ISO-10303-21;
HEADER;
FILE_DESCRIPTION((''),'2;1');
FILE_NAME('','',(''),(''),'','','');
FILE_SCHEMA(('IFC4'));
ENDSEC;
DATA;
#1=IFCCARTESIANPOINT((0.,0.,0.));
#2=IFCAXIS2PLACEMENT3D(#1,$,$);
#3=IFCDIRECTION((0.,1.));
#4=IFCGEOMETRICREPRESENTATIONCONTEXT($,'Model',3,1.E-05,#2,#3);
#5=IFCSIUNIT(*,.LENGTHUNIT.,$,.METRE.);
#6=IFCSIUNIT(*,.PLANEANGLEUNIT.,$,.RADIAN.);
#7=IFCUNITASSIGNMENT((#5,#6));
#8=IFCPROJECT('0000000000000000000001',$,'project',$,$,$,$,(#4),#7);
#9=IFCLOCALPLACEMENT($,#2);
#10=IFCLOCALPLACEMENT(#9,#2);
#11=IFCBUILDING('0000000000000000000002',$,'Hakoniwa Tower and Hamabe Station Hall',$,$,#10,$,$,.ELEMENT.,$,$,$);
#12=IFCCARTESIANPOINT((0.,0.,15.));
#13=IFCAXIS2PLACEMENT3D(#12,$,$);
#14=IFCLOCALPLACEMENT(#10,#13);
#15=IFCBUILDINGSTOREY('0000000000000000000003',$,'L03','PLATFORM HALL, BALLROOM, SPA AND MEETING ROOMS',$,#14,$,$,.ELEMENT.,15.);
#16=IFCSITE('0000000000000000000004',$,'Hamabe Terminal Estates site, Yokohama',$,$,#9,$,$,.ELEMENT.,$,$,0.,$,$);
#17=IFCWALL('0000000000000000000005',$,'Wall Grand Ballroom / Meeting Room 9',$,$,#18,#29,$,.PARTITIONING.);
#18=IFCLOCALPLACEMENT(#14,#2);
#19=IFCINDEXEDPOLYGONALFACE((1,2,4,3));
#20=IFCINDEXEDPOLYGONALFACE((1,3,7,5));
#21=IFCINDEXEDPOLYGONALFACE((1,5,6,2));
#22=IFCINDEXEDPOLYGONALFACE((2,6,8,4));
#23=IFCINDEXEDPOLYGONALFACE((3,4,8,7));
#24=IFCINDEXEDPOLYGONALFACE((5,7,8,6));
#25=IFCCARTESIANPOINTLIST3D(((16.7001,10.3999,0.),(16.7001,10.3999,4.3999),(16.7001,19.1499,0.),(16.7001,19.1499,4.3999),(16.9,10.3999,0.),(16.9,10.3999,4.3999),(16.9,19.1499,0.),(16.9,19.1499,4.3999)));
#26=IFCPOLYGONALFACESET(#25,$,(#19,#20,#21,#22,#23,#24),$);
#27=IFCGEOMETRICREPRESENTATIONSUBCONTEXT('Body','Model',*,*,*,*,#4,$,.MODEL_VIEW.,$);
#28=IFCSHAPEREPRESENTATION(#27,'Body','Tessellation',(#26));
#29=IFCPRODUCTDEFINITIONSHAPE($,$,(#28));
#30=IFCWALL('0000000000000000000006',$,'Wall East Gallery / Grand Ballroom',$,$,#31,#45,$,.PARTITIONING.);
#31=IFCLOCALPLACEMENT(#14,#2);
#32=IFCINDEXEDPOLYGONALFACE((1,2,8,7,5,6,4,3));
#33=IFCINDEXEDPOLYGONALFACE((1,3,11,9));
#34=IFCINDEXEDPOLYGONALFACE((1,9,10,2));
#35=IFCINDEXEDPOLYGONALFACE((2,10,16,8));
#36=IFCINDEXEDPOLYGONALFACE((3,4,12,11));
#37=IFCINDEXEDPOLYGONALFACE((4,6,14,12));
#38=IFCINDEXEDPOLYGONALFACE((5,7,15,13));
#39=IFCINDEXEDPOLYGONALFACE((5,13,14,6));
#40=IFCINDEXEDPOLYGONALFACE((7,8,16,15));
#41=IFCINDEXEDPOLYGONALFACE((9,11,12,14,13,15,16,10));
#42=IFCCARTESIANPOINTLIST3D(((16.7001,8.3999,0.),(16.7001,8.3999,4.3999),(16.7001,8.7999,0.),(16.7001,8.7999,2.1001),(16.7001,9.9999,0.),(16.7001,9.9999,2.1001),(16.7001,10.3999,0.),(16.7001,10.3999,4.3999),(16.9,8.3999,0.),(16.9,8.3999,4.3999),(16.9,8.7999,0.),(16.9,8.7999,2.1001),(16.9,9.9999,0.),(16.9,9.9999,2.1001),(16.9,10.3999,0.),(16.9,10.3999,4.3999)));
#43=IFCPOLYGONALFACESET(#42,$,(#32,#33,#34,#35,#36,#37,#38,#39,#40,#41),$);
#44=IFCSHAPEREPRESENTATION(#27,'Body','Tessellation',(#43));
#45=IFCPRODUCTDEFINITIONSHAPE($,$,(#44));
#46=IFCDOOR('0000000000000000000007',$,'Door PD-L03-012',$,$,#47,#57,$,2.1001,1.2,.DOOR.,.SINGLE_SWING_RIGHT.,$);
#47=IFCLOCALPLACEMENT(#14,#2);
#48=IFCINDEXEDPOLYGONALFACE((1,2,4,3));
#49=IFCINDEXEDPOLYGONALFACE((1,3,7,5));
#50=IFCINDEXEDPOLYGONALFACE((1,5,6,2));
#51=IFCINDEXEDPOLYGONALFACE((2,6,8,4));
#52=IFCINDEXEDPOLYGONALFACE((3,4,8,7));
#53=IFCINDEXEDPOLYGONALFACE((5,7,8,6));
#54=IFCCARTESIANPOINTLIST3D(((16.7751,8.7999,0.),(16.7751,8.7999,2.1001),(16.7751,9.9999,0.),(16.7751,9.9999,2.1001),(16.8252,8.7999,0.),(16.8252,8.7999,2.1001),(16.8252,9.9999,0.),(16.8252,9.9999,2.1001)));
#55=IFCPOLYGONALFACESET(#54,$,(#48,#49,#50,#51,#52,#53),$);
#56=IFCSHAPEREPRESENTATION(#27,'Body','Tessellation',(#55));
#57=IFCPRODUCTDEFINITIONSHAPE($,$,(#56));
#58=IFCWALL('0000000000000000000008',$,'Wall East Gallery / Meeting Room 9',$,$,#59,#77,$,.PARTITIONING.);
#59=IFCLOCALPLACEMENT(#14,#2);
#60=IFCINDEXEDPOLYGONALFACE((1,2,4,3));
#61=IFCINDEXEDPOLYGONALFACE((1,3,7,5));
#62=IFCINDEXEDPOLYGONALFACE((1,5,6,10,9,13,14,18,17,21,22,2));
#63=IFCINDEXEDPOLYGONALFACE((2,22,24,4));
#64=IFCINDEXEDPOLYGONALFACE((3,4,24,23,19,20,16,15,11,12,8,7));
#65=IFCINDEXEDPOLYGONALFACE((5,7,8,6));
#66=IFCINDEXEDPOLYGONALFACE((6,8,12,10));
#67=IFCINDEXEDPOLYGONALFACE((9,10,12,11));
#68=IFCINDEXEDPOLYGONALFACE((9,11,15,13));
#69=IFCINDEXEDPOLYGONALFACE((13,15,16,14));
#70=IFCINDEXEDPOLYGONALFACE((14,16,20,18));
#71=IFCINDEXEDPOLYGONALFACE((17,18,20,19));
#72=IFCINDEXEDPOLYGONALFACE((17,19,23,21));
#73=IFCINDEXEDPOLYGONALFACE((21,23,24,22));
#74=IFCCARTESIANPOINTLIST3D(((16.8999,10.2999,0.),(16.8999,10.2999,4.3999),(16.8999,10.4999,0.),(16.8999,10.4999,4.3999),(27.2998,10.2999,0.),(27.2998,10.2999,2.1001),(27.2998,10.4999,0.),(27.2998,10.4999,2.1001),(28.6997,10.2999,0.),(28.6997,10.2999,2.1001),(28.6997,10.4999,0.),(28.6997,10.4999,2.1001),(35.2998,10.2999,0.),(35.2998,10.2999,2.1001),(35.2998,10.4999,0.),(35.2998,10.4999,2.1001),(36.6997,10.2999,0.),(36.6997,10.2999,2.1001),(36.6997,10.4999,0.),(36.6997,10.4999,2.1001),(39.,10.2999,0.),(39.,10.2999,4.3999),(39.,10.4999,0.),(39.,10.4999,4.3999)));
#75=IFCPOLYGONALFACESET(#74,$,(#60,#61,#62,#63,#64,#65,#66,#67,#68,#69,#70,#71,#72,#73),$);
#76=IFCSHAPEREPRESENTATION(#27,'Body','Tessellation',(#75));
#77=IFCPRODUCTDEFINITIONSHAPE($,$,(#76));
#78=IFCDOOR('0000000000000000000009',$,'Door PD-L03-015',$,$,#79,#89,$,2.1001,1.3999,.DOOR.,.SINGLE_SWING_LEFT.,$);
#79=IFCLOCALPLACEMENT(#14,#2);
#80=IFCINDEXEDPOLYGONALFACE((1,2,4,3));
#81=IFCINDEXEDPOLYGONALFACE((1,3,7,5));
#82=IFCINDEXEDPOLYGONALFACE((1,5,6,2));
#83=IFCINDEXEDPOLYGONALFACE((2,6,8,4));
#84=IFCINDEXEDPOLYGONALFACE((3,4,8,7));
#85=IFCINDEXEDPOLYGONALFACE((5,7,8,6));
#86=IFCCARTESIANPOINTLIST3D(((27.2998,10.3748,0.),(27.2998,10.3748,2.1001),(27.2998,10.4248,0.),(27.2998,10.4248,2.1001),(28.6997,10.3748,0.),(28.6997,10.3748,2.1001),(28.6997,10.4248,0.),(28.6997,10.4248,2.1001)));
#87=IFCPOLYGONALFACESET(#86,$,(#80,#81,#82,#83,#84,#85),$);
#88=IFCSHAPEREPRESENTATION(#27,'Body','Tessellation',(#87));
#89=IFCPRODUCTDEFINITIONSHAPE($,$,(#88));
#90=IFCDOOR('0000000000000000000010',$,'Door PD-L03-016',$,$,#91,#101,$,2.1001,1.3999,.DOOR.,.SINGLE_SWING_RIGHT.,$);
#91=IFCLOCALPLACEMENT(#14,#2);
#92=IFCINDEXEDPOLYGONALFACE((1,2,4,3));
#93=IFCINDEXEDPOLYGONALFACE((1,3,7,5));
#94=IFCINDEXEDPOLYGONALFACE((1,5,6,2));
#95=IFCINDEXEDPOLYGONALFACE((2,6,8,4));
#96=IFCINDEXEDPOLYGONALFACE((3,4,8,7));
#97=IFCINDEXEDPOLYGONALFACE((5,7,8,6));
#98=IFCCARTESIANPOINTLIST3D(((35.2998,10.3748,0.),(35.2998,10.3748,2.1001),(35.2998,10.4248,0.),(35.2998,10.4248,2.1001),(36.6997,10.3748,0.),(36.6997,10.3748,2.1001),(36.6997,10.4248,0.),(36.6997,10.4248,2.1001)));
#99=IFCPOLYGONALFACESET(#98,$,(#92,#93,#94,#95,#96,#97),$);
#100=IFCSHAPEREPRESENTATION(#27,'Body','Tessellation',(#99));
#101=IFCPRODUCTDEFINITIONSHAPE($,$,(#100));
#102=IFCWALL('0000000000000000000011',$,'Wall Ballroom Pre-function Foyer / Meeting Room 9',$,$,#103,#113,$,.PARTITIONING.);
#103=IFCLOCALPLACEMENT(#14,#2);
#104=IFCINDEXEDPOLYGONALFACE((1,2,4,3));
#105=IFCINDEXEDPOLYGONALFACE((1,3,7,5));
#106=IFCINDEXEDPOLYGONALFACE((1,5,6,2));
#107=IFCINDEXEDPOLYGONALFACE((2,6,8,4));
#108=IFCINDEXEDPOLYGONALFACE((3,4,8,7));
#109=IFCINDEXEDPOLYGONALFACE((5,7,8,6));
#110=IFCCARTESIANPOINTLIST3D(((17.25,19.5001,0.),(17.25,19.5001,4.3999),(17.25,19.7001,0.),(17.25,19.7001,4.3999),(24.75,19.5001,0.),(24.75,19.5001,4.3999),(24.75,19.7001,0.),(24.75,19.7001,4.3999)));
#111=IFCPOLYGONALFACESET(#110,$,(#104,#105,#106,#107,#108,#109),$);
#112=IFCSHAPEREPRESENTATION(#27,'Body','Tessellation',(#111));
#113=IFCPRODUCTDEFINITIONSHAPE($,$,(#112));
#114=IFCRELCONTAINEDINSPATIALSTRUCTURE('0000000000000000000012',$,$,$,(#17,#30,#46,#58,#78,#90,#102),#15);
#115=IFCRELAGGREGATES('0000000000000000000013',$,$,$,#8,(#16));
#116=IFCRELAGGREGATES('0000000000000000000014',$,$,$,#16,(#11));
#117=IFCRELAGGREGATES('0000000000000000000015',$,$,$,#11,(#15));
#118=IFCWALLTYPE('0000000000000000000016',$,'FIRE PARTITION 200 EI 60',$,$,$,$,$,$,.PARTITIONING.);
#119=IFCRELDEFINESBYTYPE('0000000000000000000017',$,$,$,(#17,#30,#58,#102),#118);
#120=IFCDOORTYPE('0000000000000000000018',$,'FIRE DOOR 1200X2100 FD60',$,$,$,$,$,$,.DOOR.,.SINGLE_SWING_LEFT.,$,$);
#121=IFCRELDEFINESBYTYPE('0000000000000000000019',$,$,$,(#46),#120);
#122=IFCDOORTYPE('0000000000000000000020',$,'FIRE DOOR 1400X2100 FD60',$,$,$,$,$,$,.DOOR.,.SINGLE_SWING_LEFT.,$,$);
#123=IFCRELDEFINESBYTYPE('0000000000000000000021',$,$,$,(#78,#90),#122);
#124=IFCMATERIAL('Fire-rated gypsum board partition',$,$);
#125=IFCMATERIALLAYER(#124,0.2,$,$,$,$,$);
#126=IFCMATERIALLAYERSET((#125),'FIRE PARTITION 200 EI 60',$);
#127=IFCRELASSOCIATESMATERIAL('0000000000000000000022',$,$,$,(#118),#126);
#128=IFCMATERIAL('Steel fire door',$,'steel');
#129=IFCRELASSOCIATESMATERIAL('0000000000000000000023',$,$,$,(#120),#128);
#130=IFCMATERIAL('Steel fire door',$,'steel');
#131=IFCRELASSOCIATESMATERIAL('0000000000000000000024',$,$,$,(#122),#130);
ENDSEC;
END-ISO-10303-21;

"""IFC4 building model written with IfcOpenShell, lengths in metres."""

from ifc_helpers import new_model, si_unit, direction, frame, frame_2d, origin, place, context, subcontext, project, spatial, rectangle, extrude, material, layer, layer_set, type_object, element, fill, save


model = new_model("IFC4")

# Units and contexts
model_context = context("Model", 3, precision=1e-05, world=origin(), true_north=direction((0.0, 1.0)))
body_context = subcontext(model_context, "Body", "Model", "MODEL_VIEW")
ifc_project = project(units=[si_unit("LENGTHUNIT", "METRE"), si_unit("PLANEANGLEUNIT", "RADIAN")], contexts=[model_context])

# Site, building, storey
site_placement = place(None, origin())
site = spatial("IfcSite", under=ifc_project, at=site_placement, Name="Hamabe Terminal Estates site, Yokohama", CompositionType="ELEMENT", RefElevation=0.0)
building_placement = place(site_placement, origin())
building = spatial("IfcBuilding", under=site, at=building_placement, Name="Hakoniwa Tower and Hamabe Station Hall", CompositionType="ELEMENT")
storey_placement = place(building_placement, frame((0.0, 0.0, 15.0)))
storey = spatial("IfcBuildingStorey", under=building, at=storey_placement, Name="L03", Description="PLATFORM HALL, BALLROOM, SPA AND MEETING ROOMS", CompositionType="ELEMENT", Elevation=15.0)

# Wall
ifc_material_1 = material(Name="Fire-rated gypsum board partition")
ifc_layer_1 = layer(ifc_material_1, 0.2)
ifc_layer_set_1 = layer_set([ifc_layer_1], Name="FIRE PARTITION 200 EI 60")
wall_type_1 = type_object("IfcWallType", Name="FIRE PARTITION 200 EI 60", PredefinedType="PARTITIONING", material=ifc_layer_set_1)
wall_1_placement = place(storey_placement, frame((16.8, 19.1499, 0.0), z_axis=(0.0, 0.0, 1.0), x_axis=(0.0, -1.0, 0.0)))
element("IfcWall", 1, at=wall_1_placement, inside=storey, type_object=wall_type_1, Name="Wall Grand Ballroom / Meeting Room 9", PredefinedType="PARTITIONING", context=body_context, shape_type="SweptSolid", body=[
    extrude(rectangle(XDim=8.75, YDim=0.2, at=frame_2d((4.375, 0.0))), origin(), (0.0, 0.0, 1.0), 4.3999),
])

# Wall, opening, door
wall_2_placement = place(storey_placement, frame((16.8, 8.3999, 0.0), z_axis=(0.0, 0.0, 1.0), x_axis=(0.0, 1.0, 0.0)))
wall_2 = element("IfcWall", 2, at=wall_2_placement, inside=storey, type_object=wall_type_1, Name="Wall East Gallery / Grand Ballroom", PredefinedType="PARTITIONING", context=body_context, shape_type="SweptSolid", body=[
    extrude(rectangle(XDim=2.0, YDim=0.2, at=frame_2d((1.0, 0.0))), origin(), (0.0, 0.0, 1.0), 4.3999),
])
opening_1_placement = place(wall_2_placement, frame((0.3999, 0.0, 0.0)))
opening_1 = element("IfcOpeningElement", 3, at=opening_1_placement, cuts=wall_2, PredefinedType="OPENING", context=body_context, shape_type="SweptSolid", body=[
    extrude(rectangle(XDim=1.2, YDim=2.1001, at=frame_2d((0.6001, 1.05))), frame((0.0, 0.1099, 0.0), z_axis=(0.0, -1.0, 0.0), x_axis=(1.0, 0.0, 0.0)), (0.0, 0.0, 1.0), 0.22),
])
ifc_material_2 = material(Name="Steel fire door", Category="steel")
door_type_1 = type_object("IfcDoorType", Name="FIRE DOOR 1200X2100 FD60", OperationType="SINGLE_SWING_LEFT", PredefinedType="DOOR", material=ifc_material_2)
door_1_placement = place(opening_1_placement, origin())
door_1 = element("IfcDoor", 4, at=door_1_placement, inside=storey, type_object=door_type_1, Name="Door PD-L03-012", OperationType="SINGLE_SWING_RIGHT", OverallHeight=2.1001, OverallWidth=1.2, PredefinedType="DOOR", context=body_context, shape_type="SweptSolid", body=[
    extrude(rectangle(XDim=1.2, YDim=2.1001, at=frame_2d((0.6001, 1.05))), frame((0.0, 0.0249, 0.0), z_axis=(0.0, -1.0, 0.0), x_axis=(1.0, 0.0, 0.0)), (0.0, 0.0, 1.0), 0.05),
])
fill(opening_1, door_1)

# Wall, openings, doors
wall_3_placement = place(storey_placement, frame((16.8999, 10.3999, 0.0), z_axis=(0.0, 0.0, 1.0), x_axis=(1.0, 0.0, 0.0)))
wall_3 = element("IfcWall", 5, at=wall_3_placement, inside=storey, type_object=wall_type_1, Name="Wall East Gallery / Meeting Room 9", PredefinedType="PARTITIONING", context=body_context, shape_type="SweptSolid", body=[
    extrude(rectangle(XDim=22.1001, YDim=0.2, at=frame_2d((11.05, 0.0))), origin(), (0.0, 0.0, 1.0), 4.3999),
])
opening_2_placement = place(wall_3_placement, frame((10.3999, 0.0, 0.0)))
opening_2 = element("IfcOpeningElement", 6, at=opening_2_placement, cuts=wall_3, PredefinedType="OPENING", context=body_context, shape_type="SweptSolid", body=[
    extrude(rectangle(XDim=1.3999, YDim=2.1001, at=frame_2d((0.7, 1.05))), frame((0.0, 0.1099, 0.0), z_axis=(0.0, -1.0, 0.0), x_axis=(1.0, 0.0, 0.0)), (0.0, 0.0, 1.0), 0.22),
])
opening_3_placement = place(wall_3_placement, frame((18.3999, 0.0, 0.0)))
opening_3 = element("IfcOpeningElement", 7, at=opening_3_placement, cuts=wall_3, PredefinedType="OPENING", context=body_context, shape_type="SweptSolid", body=[
    extrude(rectangle(XDim=1.3999, YDim=2.1001, at=frame_2d((0.7, 1.05))), frame((0.0, 0.1099, 0.0), z_axis=(0.0, -1.0, 0.0), x_axis=(1.0, 0.0, 0.0)), (0.0, 0.0, 1.0), 0.22),
])
ifc_material_3 = material(Name="Steel fire door", Category="steel")
door_type_2 = type_object("IfcDoorType", Name="FIRE DOOR 1400X2100 FD60", OperationType="SINGLE_SWING_LEFT", PredefinedType="DOOR", material=ifc_material_3)
door_2_placement = place(opening_2_placement, origin())
door_2 = element("IfcDoor", 8, at=door_2_placement, inside=storey, type_object=door_type_2, Name="Door PD-L03-015", OperationType="SINGLE_SWING_LEFT", OverallHeight=2.1001, OverallWidth=1.3999, PredefinedType="DOOR", context=body_context, shape_type="SweptSolid", body=[
    extrude(rectangle(XDim=1.3999, YDim=2.1001, at=frame_2d((0.7, 1.05))), frame((0.0, 0.0249, 0.0), z_axis=(0.0, -1.0, 0.0), x_axis=(1.0, 0.0, 0.0)), (0.0, 0.0, 1.0), 0.05),
])
fill(opening_2, door_2)
door_3_placement = place(opening_3_placement, origin())
door_3 = element("IfcDoor", 9, at=door_3_placement, inside=storey, type_object=door_type_2, Name="Door PD-L03-016", OperationType="SINGLE_SWING_RIGHT", OverallHeight=2.1001, OverallWidth=1.3999, PredefinedType="DOOR", context=body_context, shape_type="SweptSolid", body=[
    extrude(rectangle(XDim=1.3999, YDim=2.1001, at=frame_2d((0.7, 1.05))), frame((0.0, 0.0249, 0.0), z_axis=(0.0, -1.0, 0.0), x_axis=(1.0, 0.0, 0.0)), (0.0, 0.0, 1.0), 0.05),
])
fill(opening_3, door_3)

# Wall
wall_4_placement = place(storey_placement, frame((24.75, 19.6001, 0.0), z_axis=(0.0, 0.0, 1.0), x_axis=(-1.0, 0.0, 0.0)))
element("IfcWall", 10, at=wall_4_placement, inside=storey, type_object=wall_type_1, Name="Wall Ballroom Pre-function Foyer / Meeting Room 9", PredefinedType="PARTITIONING", context=body_context, shape_type="SweptSolid", body=[
    extrude(rectangle(XDim=7.5, YDim=0.2, at=frame_2d((3.75, 0.0))), origin(), (0.0, 0.0, 1.0), 4.3999),
])

save(model, "model.ifc")
